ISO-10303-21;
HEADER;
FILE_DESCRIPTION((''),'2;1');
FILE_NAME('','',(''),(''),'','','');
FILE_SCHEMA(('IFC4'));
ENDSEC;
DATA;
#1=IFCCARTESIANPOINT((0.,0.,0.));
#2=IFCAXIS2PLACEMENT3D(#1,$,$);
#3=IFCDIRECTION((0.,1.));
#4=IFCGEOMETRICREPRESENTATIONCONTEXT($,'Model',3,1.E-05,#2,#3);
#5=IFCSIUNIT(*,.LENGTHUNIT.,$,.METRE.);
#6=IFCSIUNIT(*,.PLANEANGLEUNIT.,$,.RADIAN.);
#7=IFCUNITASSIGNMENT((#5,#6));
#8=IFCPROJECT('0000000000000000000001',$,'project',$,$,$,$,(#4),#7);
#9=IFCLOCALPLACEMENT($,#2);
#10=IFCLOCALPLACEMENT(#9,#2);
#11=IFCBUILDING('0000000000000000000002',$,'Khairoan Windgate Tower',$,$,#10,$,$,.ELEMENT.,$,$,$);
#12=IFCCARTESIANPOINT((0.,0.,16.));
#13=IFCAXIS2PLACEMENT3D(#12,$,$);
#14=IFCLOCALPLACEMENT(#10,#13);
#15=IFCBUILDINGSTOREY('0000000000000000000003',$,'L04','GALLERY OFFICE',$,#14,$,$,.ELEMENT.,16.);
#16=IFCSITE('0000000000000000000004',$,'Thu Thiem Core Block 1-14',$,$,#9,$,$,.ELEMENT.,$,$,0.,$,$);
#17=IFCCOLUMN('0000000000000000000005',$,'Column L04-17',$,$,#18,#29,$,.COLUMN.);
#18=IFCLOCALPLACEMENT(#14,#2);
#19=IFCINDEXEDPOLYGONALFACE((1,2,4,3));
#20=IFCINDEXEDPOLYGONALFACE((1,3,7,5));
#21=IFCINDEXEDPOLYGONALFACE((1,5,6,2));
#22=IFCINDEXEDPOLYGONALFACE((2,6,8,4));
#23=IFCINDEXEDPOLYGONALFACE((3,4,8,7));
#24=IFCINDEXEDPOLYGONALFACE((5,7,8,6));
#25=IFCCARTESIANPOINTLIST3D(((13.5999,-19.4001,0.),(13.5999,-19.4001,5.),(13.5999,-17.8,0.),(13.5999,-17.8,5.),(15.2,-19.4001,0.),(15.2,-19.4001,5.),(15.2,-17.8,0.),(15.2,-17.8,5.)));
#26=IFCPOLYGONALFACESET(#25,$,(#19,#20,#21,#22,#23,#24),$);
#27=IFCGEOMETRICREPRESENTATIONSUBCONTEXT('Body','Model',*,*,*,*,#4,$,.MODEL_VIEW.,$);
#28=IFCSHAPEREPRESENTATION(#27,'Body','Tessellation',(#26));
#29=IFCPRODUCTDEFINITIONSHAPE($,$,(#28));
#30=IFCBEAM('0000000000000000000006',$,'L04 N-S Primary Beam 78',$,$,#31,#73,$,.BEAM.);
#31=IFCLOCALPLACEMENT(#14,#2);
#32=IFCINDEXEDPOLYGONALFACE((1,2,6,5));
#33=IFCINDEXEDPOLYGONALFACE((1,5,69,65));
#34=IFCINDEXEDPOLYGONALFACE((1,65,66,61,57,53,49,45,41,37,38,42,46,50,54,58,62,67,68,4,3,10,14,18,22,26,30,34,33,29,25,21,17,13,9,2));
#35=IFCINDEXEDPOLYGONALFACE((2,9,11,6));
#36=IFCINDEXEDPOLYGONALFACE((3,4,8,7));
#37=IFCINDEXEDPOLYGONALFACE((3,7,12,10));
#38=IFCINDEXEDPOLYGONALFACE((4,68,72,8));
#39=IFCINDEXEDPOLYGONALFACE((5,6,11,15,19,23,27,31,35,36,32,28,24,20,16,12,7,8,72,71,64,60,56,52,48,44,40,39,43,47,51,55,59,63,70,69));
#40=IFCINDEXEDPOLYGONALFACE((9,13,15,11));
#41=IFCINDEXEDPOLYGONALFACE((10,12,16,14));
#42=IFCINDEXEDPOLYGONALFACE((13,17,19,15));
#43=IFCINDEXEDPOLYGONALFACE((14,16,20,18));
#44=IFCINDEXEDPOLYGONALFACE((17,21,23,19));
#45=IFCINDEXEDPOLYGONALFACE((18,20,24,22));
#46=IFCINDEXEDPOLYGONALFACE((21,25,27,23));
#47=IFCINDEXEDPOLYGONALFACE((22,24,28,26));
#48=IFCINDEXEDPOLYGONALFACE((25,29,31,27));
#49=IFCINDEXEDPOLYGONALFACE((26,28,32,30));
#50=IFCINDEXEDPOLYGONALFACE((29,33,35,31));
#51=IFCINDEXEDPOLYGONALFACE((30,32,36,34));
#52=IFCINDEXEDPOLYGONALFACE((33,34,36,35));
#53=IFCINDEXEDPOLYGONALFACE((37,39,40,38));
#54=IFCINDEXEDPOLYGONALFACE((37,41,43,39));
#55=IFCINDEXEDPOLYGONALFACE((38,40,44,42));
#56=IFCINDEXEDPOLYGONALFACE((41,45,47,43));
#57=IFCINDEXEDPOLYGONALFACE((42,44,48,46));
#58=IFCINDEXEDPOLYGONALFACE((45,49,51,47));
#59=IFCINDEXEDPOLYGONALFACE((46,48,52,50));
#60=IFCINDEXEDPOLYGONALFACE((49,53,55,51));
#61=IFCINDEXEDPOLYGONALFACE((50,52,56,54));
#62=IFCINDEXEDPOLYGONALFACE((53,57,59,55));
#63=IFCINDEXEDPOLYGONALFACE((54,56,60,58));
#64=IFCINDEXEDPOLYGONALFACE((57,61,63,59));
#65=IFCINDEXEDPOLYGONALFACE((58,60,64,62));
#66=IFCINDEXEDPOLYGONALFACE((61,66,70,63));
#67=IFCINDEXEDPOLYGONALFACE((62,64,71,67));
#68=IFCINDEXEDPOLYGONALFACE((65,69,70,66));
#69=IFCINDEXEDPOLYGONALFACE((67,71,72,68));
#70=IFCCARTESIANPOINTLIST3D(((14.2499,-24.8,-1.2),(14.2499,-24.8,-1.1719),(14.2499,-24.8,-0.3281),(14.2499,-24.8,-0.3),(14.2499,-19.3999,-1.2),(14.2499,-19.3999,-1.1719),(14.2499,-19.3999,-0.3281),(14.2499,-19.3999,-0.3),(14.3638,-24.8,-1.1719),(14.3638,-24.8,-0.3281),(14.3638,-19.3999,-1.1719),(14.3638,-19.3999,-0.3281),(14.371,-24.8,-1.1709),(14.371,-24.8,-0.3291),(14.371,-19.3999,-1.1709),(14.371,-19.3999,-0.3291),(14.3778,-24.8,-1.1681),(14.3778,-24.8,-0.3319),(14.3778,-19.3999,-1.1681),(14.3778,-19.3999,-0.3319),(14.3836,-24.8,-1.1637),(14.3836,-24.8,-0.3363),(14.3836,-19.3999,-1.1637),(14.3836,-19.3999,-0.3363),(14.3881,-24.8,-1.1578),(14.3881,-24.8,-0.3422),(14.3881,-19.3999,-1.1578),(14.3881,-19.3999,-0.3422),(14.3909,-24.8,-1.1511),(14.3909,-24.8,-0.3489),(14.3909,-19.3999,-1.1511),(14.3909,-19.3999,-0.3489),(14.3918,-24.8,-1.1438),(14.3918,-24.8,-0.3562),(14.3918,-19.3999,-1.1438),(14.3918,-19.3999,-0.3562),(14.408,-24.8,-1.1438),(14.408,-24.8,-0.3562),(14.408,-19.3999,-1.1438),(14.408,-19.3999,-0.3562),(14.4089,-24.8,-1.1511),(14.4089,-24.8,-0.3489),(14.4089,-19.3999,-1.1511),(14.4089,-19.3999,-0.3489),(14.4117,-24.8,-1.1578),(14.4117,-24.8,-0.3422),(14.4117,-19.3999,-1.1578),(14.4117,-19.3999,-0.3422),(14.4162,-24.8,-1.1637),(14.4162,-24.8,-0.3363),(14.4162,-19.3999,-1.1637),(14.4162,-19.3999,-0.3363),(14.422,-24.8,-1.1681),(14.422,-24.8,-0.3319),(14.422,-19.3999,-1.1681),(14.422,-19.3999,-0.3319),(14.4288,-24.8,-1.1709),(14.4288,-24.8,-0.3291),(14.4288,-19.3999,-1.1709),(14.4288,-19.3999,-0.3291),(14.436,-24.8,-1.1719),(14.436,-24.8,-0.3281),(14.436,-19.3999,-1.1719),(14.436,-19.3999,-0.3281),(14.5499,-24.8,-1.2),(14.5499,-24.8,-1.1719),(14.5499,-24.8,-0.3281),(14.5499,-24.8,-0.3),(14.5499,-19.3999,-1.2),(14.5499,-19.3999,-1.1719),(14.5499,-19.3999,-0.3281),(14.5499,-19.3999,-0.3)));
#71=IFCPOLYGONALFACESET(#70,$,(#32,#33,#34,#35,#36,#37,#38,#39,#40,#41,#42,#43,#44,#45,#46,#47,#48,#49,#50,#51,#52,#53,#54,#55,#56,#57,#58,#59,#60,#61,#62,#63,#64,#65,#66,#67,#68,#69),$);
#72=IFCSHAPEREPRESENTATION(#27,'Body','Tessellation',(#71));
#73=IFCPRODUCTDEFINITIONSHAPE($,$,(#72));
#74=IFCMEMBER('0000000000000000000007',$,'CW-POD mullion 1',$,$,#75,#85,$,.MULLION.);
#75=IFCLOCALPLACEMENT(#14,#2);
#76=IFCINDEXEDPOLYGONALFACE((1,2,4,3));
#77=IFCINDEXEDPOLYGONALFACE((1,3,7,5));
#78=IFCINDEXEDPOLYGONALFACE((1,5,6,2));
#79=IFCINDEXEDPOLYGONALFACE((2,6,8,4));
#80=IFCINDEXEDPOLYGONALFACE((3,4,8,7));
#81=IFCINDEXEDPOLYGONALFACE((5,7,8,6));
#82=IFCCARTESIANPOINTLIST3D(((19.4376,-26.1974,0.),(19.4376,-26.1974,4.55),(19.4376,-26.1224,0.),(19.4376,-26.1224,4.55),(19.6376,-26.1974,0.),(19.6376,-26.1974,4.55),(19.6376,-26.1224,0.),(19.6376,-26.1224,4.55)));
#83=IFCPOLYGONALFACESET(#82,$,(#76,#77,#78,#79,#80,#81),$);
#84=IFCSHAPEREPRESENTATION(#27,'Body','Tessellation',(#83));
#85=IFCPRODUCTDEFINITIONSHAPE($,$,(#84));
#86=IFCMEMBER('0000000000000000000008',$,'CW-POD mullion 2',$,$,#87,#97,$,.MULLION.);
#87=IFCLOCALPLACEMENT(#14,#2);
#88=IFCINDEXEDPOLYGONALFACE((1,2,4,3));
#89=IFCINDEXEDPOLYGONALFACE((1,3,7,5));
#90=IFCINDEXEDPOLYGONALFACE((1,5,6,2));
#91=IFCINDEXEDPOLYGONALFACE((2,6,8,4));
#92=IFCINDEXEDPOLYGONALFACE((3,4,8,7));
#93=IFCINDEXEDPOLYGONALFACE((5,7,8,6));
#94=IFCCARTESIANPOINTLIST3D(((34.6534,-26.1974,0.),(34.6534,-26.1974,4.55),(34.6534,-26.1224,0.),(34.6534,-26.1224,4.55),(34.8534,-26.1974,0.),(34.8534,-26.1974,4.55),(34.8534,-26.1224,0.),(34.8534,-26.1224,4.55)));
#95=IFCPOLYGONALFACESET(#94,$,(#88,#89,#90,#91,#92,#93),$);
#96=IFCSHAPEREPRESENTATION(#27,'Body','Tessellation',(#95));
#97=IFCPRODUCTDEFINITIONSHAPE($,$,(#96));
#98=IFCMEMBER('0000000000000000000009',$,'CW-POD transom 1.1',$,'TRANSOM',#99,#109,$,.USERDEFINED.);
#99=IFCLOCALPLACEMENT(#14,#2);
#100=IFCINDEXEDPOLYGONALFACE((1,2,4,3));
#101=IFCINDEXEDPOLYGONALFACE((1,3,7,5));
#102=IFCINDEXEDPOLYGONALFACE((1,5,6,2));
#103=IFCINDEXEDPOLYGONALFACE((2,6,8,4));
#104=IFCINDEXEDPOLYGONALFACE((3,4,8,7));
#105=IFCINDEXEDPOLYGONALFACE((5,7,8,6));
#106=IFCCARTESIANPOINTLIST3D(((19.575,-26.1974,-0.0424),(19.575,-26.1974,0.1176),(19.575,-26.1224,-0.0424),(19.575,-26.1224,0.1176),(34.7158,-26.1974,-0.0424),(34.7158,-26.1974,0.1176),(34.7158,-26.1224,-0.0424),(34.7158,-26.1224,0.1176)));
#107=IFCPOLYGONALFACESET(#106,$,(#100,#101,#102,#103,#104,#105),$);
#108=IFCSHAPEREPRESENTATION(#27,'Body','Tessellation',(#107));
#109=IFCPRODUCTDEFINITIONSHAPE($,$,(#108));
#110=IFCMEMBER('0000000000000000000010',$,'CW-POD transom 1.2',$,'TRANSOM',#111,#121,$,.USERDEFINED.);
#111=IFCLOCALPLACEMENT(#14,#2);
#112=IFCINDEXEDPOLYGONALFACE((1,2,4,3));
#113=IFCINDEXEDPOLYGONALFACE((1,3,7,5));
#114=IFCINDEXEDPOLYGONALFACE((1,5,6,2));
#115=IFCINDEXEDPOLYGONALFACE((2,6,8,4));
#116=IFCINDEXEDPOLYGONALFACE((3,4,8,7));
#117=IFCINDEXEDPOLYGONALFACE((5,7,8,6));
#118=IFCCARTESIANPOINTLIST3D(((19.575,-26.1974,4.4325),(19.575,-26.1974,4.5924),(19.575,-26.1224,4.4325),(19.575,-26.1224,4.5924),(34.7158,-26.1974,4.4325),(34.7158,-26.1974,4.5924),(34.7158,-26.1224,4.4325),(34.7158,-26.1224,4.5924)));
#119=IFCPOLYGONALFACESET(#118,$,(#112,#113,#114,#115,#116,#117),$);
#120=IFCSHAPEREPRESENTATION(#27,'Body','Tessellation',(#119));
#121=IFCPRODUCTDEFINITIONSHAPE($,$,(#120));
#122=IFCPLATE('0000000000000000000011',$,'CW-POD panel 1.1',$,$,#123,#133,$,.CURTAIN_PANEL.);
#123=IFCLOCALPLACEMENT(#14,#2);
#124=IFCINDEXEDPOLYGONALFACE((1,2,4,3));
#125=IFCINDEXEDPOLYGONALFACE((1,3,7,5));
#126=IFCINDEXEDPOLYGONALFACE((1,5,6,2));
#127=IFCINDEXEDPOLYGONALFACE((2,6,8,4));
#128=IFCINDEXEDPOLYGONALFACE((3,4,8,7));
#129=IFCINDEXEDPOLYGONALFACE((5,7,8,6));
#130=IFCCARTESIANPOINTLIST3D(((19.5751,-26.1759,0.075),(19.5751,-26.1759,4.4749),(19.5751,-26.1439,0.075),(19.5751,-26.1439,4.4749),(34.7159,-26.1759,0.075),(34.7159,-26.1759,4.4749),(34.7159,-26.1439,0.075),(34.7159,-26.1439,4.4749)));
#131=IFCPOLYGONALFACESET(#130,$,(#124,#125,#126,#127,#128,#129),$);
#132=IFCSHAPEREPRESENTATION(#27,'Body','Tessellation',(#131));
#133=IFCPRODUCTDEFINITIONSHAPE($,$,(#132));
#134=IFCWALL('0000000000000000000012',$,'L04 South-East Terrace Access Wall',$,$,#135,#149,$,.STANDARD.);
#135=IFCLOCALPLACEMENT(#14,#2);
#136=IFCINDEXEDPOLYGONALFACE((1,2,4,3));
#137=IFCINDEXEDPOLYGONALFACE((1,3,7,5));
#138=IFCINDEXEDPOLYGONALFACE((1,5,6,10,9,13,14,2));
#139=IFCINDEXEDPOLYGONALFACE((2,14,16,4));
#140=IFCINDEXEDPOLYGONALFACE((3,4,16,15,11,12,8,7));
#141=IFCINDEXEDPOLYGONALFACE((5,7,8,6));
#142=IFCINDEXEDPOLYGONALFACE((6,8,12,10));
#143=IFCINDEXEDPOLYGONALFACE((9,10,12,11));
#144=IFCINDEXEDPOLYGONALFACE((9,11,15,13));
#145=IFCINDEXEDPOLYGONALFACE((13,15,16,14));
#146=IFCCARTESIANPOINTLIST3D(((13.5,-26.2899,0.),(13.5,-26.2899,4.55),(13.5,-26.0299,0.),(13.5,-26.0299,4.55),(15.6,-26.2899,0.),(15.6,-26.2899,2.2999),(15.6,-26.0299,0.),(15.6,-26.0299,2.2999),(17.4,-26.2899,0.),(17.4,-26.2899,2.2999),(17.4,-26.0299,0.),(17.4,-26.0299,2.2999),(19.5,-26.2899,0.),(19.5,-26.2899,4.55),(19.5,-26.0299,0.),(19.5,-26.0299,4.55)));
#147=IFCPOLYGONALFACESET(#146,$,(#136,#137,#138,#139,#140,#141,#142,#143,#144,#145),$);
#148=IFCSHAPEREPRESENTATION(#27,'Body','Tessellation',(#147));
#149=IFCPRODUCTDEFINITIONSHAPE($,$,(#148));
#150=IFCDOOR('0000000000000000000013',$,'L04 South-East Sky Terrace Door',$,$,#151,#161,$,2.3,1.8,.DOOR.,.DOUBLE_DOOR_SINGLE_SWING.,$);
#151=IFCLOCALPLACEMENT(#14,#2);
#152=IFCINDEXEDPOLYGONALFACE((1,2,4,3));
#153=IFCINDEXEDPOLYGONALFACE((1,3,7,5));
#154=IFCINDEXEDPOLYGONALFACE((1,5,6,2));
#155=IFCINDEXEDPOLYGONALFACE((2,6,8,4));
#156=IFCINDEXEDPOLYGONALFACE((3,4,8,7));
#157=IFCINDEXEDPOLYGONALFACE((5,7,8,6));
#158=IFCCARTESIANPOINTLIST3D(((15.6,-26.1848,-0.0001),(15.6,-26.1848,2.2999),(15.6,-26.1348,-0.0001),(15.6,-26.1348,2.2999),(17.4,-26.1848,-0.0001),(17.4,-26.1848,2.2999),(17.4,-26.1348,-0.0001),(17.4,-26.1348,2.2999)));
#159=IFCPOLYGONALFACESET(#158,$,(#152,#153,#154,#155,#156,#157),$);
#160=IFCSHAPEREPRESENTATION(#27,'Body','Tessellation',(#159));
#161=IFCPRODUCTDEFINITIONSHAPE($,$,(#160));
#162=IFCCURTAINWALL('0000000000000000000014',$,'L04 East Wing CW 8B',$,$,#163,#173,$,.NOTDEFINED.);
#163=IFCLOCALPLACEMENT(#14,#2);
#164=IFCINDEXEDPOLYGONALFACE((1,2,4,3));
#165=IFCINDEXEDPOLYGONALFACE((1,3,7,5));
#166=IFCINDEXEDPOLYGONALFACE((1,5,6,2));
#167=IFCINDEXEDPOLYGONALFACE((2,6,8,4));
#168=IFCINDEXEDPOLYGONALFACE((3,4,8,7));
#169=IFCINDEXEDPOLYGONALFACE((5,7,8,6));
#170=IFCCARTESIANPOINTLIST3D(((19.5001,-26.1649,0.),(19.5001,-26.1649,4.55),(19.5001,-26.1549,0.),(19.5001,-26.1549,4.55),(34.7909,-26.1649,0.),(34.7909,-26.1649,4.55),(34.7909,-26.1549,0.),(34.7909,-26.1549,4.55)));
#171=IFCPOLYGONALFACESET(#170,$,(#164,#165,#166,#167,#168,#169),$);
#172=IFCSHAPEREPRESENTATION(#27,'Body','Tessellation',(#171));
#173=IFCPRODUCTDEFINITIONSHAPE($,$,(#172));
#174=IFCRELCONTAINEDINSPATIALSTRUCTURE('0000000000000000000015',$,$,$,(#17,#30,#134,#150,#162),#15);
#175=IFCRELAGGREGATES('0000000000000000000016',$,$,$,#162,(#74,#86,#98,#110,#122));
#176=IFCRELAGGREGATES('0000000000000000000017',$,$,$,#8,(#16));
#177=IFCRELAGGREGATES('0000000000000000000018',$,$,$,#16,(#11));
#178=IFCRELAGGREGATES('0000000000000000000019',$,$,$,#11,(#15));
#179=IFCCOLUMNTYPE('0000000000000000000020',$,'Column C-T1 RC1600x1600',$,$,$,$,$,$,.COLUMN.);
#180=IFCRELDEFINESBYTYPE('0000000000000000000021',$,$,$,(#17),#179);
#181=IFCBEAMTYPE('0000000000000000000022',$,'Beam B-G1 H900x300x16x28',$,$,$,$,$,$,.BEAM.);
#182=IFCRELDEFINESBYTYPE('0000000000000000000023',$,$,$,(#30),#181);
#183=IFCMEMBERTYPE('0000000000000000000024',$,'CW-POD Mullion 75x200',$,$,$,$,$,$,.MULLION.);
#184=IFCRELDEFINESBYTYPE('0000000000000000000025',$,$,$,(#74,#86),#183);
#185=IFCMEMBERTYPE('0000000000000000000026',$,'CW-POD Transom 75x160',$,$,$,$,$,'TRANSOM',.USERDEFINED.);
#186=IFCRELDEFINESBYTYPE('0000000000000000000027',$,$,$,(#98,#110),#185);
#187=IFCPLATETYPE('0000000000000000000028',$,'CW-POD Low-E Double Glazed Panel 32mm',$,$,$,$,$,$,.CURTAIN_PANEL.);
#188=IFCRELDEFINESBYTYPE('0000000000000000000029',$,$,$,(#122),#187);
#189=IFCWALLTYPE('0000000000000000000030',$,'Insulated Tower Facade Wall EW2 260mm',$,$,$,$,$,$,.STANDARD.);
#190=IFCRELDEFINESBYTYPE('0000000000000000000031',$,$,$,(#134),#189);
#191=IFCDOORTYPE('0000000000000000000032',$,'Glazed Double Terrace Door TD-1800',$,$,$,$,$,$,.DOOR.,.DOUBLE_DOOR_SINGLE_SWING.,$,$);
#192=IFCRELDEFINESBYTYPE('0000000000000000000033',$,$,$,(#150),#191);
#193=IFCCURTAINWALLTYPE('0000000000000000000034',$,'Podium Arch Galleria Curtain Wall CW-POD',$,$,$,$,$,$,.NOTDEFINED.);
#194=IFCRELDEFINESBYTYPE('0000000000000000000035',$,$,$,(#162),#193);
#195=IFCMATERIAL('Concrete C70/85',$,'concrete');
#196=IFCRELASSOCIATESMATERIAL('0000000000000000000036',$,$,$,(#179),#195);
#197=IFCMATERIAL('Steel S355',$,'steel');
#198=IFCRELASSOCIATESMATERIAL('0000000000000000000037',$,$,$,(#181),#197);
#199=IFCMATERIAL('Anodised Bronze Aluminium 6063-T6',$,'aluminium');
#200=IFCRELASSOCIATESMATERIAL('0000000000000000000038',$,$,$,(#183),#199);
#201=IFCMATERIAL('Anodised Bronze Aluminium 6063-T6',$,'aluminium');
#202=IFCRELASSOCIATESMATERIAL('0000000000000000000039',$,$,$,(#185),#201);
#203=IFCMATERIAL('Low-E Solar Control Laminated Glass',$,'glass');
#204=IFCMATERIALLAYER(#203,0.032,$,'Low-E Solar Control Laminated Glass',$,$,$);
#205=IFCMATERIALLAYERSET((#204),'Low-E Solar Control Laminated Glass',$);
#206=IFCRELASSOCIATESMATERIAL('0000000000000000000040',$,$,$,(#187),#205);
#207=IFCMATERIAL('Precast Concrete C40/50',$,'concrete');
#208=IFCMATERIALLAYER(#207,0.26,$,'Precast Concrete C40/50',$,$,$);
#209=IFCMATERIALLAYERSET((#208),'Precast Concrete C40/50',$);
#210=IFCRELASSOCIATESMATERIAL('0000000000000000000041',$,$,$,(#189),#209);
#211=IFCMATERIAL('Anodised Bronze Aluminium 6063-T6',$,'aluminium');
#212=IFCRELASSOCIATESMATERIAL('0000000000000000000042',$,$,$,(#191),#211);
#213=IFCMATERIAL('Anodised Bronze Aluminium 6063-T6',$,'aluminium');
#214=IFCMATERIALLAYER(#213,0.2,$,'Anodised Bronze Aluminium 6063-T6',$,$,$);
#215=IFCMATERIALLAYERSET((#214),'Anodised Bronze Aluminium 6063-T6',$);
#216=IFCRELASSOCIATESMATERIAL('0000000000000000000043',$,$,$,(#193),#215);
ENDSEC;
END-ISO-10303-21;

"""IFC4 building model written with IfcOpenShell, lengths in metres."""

from ifc_helpers import new_model, si_unit, direction, frame, frame_2d, origin, origin_2d, place, context, subcontext, project, spatial, rectangle, i_section, extrude, material, layer, layer_set, material_profile, profile_set, type_object, element, fill, aggregate, save


model = new_model("IFC4")

# Units and contexts
model_context = context("Model", 3, precision=1e-05, world=origin(), true_north=direction((0.0, 1.0)))
body_context = subcontext(model_context, "Body", "Model", "MODEL_VIEW")
ifc_project = project(units=[si_unit("LENGTHUNIT", "METRE"), si_unit("PLANEANGLEUNIT", "RADIAN")], contexts=[model_context])

# Site, building, storey
site_placement = place(None, origin())
site = spatial("IfcSite", under=ifc_project, at=site_placement, Name="Thu Thiem Core Block 1-14", CompositionType="ELEMENT", RefElevation=0.0)
building_placement = place(site_placement, origin())
building = spatial("IfcBuilding", under=site, at=building_placement, Name="Khairoan Windgate Tower", CompositionType="ELEMENT")
storey_placement = place(building_placement, frame((0.0, 0.0, 16.0)))
storey = spatial("IfcBuildingStorey", under=building, at=storey_placement, Name="L04", Description="GALLERY OFFICE", CompositionType="ELEMENT", Elevation=16.0)

# Column
ifc_material_1 = material(Name="Concrete C70/85", Category="concrete")
ifc_material_profile_1 = material_profile(ifc_material_1, rectangle(XDim=1.6001, YDim=1.6001, at=origin_2d()))
ifc_profile_set_1 = profile_set([ifc_material_profile_1], Name="Concrete C70/85")
column_type = type_object("IfcColumnType", Name="Column C-T1 RC1600x1600", PredefinedType="COLUMN", material=ifc_profile_set_1)
column_placement = place(storey_placement, frame((14.3999, -18.6001, 0.0), z_axis=(0.0, 0.0, 1.0), x_axis=(1.0, 0.0, 0.0)))
element("IfcColumn", 1, at=column_placement, inside=storey, type_object=column_type, Name="Column L04-17", PredefinedType="COLUMN", context=body_context, shape_type="SweptSolid", body=[
    extrude(rectangle(XDim=1.6001, YDim=1.6001, at=origin_2d()), origin(), (0.0, 0.0, 1.0), 5.0),
])

# Beam
ifc_material_2 = material(Name="Steel S355", Category="steel")
ifc_material_profile_2 = material_profile(ifc_material_2, i_section(OverallWidth=0.3, OverallDepth=0.8999, WebThickness=0.0161, FlangeThickness=0.0281, FilletRadius=0.0281, at=origin_2d()))
ifc_profile_set_2 = profile_set([ifc_material_profile_2], Name="Steel S355")
beam_type = type_object("IfcBeamType", Name="Beam B-G1 H900x300x16x28", PredefinedType="BEAM", material=ifc_profile_set_2)
beam_placement = place(storey_placement, frame((14.3999, -24.8, -0.75), z_axis=(0.0, 1.0, 0.0), x_axis=(-1.0, 0.0, 0.0)))
element("IfcBeam", 2, at=beam_placement, inside=storey, type_object=beam_type, Name="L04 N-S Primary Beam 78", PredefinedType="BEAM", context=body_context, shape_type="SweptSolid", body=[
    extrude(i_section(OverallWidth=0.3, OverallDepth=0.8999, WebThickness=0.0161, FlangeThickness=0.0281, FilletRadius=0.0281, at=origin_2d()), origin(), (0.0, 0.0, 1.0), 5.4001),
])

# Members
ifc_material_3 = material(Name="Anodised Bronze Aluminium 6063-T6", Category="aluminium")
ifc_material_profile_3 = material_profile(ifc_material_3, rectangle(XDim=0.075, YDim=0.2, at=origin_2d()))
ifc_profile_set_3 = profile_set([ifc_material_profile_3], Name="Anodised Bronze Aluminium 6063-T6")
member_type_1 = type_object("IfcMemberType", Name="CW-POD Mullion 75x200", PredefinedType="MULLION", material=ifc_profile_set_3)
member_1_placement = place(storey_placement, frame((19.5376, -26.1599, 0.0), z_axis=(0.0, 0.0, 1.0), x_axis=(0.0, 1.0, 0.0)))
member_1 = element("IfcMember", 3, at=member_1_placement, type_object=member_type_1, Name="CW-POD mullion 1", PredefinedType="MULLION", context=body_context, shape_type="SweptSolid", body=[
    extrude(rectangle(XDim=0.075, YDim=0.2, at=origin_2d()), origin(), (0.0, 0.0, 1.0), 4.55),
])
member_2_placement = place(storey_placement, frame((34.7534, -26.1599, 0.0), z_axis=(0.0, 0.0, 1.0), x_axis=(0.0, 1.0, 0.0)))
member_2 = element("IfcMember", 4, at=member_2_placement, type_object=member_type_1, Name="CW-POD mullion 2", PredefinedType="MULLION", context=body_context, shape_type="SweptSolid", body=[
    extrude(rectangle(XDim=0.075, YDim=0.2, at=origin_2d()), origin(), (0.0, 0.0, 1.0), 4.55),
])
ifc_material_4 = material(Name="Anodised Bronze Aluminium 6063-T6", Category="aluminium")
ifc_material_profile_4 = material_profile(ifc_material_4, rectangle(XDim=0.075, YDim=0.1599, at=origin_2d()))
ifc_profile_set_4 = profile_set([ifc_material_profile_4], Name="Anodised Bronze Aluminium 6063-T6")
member_type_2 = type_object("IfcMemberType", Name="CW-POD Transom 75x160", ElementType="TRANSOM", PredefinedType="USERDEFINED", material=ifc_profile_set_4)
member_3_placement = place(storey_placement, frame((19.575, -26.1599, 0.0376), z_axis=(1.0, 0.0, 0.0), x_axis=(0.0, 1.0, 0.0)))
member_3 = element("IfcMember", 5, at=member_3_placement, type_object=member_type_2, Name="CW-POD transom 1.1", ObjectType="TRANSOM", PredefinedType="USERDEFINED", context=body_context, shape_type="SweptSolid", body=[
    extrude(rectangle(XDim=0.075, YDim=0.1599, at=origin_2d()), origin(), (0.0, 0.0, 1.0), 15.1409),
])
member_4_placement = place(storey_placement, frame((19.575, -26.1599, 4.5125), z_axis=(1.0, 0.0, 0.0), x_axis=(0.0, 1.0, 0.0)))
member_4 = element("IfcMember", 6, at=member_4_placement, type_object=member_type_2, Name="CW-POD transom 1.2", ObjectType="TRANSOM", PredefinedType="USERDEFINED", context=body_context, shape_type="SweptSolid", body=[
    extrude(rectangle(XDim=0.075, YDim=0.1599, at=origin_2d()), origin(), (0.0, 0.0, 1.0), 15.1409),
])

# Plate
ifc_material_5 = material(Name="Low-E Solar Control Laminated Glass", Category="glass")
ifc_layer_1 = layer(ifc_material_5, 0.032, Name="Low-E Solar Control Laminated Glass")
ifc_layer_set_1 = layer_set([ifc_layer_1], Name="Low-E Solar Control Laminated Glass")
plate_type = type_object("IfcPlateType", Name="CW-POD Low-E Double Glazed Panel 32mm", PredefinedType="CURTAIN_PANEL", material=ifc_layer_set_1)
plate_placement = place(storey_placement, frame((27.1455, -26.1599, 0.075), z_axis=(0.0, 0.0, 1.0), x_axis=(1.0, 0.0, 0.0)))
plate = element("IfcPlate", 7, at=plate_placement, type_object=plate_type, Name="CW-POD panel 1.1", PredefinedType="CURTAIN_PANEL", context=body_context, shape_type="SweptSolid", body=[
    extrude(rectangle(XDim=15.1409, YDim=0.032, at=origin_2d()), origin(), (0.0, 0.0, 1.0), 4.3999),
])

# Wall, opening, door
ifc_material_6 = material(Name="Precast Concrete C40/50", Category="concrete")
ifc_layer_2 = layer(ifc_material_6, 0.26, Name="Precast Concrete C40/50")
ifc_layer_set_2 = layer_set([ifc_layer_2], Name="Precast Concrete C40/50")
wall_type_1 = type_object("IfcWallType", Name="Insulated Tower Facade Wall EW2 260mm", PredefinedType="STANDARD", material=ifc_layer_set_2)
wall_1_placement = place(storey_placement, frame((19.5, -26.1599, 0.0), z_axis=(0.0, 0.0, 1.0), x_axis=(-1.0, 0.0, 0.0)))
wall_1 = element("IfcWall", 8, at=wall_1_placement, inside=storey, type_object=wall_type_1, Name="L04 South-East Terrace Access Wall", PredefinedType="STANDARD", context=body_context, shape_type="SweptSolid", body=[
    extrude(rectangle(XDim=6.0, YDim=0.26, at=frame_2d((3.0, 0.0))), origin(), (0.0, 0.0, 1.0), 4.55),
])
opening_1_placement = place(wall_1_placement, frame((2.1001, 0.0, 0.0)))
opening_1 = element("IfcOpeningElement", 9, at=opening_1_placement, cuts=wall_1, PredefinedType="OPENING", context=body_context, shape_type="SweptSolid", body=[
    extrude(rectangle(XDim=1.8, YDim=2.3, at=frame_2d((0.8999, 1.1499))), frame((0.0, 0.1399, 0.0), z_axis=(0.0, -1.0, 0.0), x_axis=(1.0, 0.0, 0.0)), (0.0, 0.0, 1.0), 0.28),
])
ifc_material_7 = material(Name="Anodised Bronze Aluminium 6063-T6", Category="aluminium")
door_type_1 = type_object("IfcDoorType", Name="Glazed Double Terrace Door TD-1800", OperationType="DOUBLE_DOOR_SINGLE_SWING", PredefinedType="DOOR", material=ifc_material_7)
door_1_placement = place(opening_1_placement, origin())
door_1 = element("IfcDoor", 10, at=door_1_placement, inside=storey, type_object=door_type_1, Name="L04 South-East Sky Terrace Door", OperationType="DOUBLE_DOOR_SINGLE_SWING", OverallHeight=2.3, OverallWidth=1.8, PredefinedType="DOOR", context=body_context, shape_type="SweptSolid", body=[
    extrude(rectangle(XDim=1.8, YDim=2.3, at=frame_2d((0.8999, 1.1499))), frame((0.0, 0.0249, 0.0), z_axis=(0.0, -1.0, 0.0), x_axis=(1.0, 0.0, 0.0)), (0.0, 0.0, 1.0), 0.05),
])
fill(opening_1, door_1)

# Curtain wall
ifc_material_8 = material(Name="Anodised Bronze Aluminium 6063-T6", Category="aluminium")
ifc_layer_3 = layer(ifc_material_8, 0.2, Name="Anodised Bronze Aluminium 6063-T6")
ifc_layer_set_3 = layer_set([ifc_layer_3], Name="Anodised Bronze Aluminium 6063-T6")
curtain_wall_type = type_object("IfcCurtainWallType", Name="Podium Arch Galleria Curtain Wall CW-POD", PredefinedType="NOTDEFINED", material=ifc_layer_set_3)
curtain_wall_placement = place(storey_placement, frame((19.5, -26.1599, 0.0), z_axis=(0.0, 0.0, 1.0), x_axis=(1.0, 0.0, 0.0)))
curtain_wall = element("IfcCurtainWall", 11, at=curtain_wall_placement, inside=storey, type_object=curtain_wall_type, Name="L04 East Wing CW 8B", PredefinedType="NOTDEFINED", context=body_context, shape_type="SweptSolid", body=[
    extrude(rectangle(XDim=15.2908, YDim=0.01, at=frame_2d((7.6455, 0.0))), origin(), (0.0, 0.0, 1.0), 4.55),
])
aggregate(curtain_wall, [member_1, member_2, member_3, member_4, plate])

save(model, "model.ifc")
